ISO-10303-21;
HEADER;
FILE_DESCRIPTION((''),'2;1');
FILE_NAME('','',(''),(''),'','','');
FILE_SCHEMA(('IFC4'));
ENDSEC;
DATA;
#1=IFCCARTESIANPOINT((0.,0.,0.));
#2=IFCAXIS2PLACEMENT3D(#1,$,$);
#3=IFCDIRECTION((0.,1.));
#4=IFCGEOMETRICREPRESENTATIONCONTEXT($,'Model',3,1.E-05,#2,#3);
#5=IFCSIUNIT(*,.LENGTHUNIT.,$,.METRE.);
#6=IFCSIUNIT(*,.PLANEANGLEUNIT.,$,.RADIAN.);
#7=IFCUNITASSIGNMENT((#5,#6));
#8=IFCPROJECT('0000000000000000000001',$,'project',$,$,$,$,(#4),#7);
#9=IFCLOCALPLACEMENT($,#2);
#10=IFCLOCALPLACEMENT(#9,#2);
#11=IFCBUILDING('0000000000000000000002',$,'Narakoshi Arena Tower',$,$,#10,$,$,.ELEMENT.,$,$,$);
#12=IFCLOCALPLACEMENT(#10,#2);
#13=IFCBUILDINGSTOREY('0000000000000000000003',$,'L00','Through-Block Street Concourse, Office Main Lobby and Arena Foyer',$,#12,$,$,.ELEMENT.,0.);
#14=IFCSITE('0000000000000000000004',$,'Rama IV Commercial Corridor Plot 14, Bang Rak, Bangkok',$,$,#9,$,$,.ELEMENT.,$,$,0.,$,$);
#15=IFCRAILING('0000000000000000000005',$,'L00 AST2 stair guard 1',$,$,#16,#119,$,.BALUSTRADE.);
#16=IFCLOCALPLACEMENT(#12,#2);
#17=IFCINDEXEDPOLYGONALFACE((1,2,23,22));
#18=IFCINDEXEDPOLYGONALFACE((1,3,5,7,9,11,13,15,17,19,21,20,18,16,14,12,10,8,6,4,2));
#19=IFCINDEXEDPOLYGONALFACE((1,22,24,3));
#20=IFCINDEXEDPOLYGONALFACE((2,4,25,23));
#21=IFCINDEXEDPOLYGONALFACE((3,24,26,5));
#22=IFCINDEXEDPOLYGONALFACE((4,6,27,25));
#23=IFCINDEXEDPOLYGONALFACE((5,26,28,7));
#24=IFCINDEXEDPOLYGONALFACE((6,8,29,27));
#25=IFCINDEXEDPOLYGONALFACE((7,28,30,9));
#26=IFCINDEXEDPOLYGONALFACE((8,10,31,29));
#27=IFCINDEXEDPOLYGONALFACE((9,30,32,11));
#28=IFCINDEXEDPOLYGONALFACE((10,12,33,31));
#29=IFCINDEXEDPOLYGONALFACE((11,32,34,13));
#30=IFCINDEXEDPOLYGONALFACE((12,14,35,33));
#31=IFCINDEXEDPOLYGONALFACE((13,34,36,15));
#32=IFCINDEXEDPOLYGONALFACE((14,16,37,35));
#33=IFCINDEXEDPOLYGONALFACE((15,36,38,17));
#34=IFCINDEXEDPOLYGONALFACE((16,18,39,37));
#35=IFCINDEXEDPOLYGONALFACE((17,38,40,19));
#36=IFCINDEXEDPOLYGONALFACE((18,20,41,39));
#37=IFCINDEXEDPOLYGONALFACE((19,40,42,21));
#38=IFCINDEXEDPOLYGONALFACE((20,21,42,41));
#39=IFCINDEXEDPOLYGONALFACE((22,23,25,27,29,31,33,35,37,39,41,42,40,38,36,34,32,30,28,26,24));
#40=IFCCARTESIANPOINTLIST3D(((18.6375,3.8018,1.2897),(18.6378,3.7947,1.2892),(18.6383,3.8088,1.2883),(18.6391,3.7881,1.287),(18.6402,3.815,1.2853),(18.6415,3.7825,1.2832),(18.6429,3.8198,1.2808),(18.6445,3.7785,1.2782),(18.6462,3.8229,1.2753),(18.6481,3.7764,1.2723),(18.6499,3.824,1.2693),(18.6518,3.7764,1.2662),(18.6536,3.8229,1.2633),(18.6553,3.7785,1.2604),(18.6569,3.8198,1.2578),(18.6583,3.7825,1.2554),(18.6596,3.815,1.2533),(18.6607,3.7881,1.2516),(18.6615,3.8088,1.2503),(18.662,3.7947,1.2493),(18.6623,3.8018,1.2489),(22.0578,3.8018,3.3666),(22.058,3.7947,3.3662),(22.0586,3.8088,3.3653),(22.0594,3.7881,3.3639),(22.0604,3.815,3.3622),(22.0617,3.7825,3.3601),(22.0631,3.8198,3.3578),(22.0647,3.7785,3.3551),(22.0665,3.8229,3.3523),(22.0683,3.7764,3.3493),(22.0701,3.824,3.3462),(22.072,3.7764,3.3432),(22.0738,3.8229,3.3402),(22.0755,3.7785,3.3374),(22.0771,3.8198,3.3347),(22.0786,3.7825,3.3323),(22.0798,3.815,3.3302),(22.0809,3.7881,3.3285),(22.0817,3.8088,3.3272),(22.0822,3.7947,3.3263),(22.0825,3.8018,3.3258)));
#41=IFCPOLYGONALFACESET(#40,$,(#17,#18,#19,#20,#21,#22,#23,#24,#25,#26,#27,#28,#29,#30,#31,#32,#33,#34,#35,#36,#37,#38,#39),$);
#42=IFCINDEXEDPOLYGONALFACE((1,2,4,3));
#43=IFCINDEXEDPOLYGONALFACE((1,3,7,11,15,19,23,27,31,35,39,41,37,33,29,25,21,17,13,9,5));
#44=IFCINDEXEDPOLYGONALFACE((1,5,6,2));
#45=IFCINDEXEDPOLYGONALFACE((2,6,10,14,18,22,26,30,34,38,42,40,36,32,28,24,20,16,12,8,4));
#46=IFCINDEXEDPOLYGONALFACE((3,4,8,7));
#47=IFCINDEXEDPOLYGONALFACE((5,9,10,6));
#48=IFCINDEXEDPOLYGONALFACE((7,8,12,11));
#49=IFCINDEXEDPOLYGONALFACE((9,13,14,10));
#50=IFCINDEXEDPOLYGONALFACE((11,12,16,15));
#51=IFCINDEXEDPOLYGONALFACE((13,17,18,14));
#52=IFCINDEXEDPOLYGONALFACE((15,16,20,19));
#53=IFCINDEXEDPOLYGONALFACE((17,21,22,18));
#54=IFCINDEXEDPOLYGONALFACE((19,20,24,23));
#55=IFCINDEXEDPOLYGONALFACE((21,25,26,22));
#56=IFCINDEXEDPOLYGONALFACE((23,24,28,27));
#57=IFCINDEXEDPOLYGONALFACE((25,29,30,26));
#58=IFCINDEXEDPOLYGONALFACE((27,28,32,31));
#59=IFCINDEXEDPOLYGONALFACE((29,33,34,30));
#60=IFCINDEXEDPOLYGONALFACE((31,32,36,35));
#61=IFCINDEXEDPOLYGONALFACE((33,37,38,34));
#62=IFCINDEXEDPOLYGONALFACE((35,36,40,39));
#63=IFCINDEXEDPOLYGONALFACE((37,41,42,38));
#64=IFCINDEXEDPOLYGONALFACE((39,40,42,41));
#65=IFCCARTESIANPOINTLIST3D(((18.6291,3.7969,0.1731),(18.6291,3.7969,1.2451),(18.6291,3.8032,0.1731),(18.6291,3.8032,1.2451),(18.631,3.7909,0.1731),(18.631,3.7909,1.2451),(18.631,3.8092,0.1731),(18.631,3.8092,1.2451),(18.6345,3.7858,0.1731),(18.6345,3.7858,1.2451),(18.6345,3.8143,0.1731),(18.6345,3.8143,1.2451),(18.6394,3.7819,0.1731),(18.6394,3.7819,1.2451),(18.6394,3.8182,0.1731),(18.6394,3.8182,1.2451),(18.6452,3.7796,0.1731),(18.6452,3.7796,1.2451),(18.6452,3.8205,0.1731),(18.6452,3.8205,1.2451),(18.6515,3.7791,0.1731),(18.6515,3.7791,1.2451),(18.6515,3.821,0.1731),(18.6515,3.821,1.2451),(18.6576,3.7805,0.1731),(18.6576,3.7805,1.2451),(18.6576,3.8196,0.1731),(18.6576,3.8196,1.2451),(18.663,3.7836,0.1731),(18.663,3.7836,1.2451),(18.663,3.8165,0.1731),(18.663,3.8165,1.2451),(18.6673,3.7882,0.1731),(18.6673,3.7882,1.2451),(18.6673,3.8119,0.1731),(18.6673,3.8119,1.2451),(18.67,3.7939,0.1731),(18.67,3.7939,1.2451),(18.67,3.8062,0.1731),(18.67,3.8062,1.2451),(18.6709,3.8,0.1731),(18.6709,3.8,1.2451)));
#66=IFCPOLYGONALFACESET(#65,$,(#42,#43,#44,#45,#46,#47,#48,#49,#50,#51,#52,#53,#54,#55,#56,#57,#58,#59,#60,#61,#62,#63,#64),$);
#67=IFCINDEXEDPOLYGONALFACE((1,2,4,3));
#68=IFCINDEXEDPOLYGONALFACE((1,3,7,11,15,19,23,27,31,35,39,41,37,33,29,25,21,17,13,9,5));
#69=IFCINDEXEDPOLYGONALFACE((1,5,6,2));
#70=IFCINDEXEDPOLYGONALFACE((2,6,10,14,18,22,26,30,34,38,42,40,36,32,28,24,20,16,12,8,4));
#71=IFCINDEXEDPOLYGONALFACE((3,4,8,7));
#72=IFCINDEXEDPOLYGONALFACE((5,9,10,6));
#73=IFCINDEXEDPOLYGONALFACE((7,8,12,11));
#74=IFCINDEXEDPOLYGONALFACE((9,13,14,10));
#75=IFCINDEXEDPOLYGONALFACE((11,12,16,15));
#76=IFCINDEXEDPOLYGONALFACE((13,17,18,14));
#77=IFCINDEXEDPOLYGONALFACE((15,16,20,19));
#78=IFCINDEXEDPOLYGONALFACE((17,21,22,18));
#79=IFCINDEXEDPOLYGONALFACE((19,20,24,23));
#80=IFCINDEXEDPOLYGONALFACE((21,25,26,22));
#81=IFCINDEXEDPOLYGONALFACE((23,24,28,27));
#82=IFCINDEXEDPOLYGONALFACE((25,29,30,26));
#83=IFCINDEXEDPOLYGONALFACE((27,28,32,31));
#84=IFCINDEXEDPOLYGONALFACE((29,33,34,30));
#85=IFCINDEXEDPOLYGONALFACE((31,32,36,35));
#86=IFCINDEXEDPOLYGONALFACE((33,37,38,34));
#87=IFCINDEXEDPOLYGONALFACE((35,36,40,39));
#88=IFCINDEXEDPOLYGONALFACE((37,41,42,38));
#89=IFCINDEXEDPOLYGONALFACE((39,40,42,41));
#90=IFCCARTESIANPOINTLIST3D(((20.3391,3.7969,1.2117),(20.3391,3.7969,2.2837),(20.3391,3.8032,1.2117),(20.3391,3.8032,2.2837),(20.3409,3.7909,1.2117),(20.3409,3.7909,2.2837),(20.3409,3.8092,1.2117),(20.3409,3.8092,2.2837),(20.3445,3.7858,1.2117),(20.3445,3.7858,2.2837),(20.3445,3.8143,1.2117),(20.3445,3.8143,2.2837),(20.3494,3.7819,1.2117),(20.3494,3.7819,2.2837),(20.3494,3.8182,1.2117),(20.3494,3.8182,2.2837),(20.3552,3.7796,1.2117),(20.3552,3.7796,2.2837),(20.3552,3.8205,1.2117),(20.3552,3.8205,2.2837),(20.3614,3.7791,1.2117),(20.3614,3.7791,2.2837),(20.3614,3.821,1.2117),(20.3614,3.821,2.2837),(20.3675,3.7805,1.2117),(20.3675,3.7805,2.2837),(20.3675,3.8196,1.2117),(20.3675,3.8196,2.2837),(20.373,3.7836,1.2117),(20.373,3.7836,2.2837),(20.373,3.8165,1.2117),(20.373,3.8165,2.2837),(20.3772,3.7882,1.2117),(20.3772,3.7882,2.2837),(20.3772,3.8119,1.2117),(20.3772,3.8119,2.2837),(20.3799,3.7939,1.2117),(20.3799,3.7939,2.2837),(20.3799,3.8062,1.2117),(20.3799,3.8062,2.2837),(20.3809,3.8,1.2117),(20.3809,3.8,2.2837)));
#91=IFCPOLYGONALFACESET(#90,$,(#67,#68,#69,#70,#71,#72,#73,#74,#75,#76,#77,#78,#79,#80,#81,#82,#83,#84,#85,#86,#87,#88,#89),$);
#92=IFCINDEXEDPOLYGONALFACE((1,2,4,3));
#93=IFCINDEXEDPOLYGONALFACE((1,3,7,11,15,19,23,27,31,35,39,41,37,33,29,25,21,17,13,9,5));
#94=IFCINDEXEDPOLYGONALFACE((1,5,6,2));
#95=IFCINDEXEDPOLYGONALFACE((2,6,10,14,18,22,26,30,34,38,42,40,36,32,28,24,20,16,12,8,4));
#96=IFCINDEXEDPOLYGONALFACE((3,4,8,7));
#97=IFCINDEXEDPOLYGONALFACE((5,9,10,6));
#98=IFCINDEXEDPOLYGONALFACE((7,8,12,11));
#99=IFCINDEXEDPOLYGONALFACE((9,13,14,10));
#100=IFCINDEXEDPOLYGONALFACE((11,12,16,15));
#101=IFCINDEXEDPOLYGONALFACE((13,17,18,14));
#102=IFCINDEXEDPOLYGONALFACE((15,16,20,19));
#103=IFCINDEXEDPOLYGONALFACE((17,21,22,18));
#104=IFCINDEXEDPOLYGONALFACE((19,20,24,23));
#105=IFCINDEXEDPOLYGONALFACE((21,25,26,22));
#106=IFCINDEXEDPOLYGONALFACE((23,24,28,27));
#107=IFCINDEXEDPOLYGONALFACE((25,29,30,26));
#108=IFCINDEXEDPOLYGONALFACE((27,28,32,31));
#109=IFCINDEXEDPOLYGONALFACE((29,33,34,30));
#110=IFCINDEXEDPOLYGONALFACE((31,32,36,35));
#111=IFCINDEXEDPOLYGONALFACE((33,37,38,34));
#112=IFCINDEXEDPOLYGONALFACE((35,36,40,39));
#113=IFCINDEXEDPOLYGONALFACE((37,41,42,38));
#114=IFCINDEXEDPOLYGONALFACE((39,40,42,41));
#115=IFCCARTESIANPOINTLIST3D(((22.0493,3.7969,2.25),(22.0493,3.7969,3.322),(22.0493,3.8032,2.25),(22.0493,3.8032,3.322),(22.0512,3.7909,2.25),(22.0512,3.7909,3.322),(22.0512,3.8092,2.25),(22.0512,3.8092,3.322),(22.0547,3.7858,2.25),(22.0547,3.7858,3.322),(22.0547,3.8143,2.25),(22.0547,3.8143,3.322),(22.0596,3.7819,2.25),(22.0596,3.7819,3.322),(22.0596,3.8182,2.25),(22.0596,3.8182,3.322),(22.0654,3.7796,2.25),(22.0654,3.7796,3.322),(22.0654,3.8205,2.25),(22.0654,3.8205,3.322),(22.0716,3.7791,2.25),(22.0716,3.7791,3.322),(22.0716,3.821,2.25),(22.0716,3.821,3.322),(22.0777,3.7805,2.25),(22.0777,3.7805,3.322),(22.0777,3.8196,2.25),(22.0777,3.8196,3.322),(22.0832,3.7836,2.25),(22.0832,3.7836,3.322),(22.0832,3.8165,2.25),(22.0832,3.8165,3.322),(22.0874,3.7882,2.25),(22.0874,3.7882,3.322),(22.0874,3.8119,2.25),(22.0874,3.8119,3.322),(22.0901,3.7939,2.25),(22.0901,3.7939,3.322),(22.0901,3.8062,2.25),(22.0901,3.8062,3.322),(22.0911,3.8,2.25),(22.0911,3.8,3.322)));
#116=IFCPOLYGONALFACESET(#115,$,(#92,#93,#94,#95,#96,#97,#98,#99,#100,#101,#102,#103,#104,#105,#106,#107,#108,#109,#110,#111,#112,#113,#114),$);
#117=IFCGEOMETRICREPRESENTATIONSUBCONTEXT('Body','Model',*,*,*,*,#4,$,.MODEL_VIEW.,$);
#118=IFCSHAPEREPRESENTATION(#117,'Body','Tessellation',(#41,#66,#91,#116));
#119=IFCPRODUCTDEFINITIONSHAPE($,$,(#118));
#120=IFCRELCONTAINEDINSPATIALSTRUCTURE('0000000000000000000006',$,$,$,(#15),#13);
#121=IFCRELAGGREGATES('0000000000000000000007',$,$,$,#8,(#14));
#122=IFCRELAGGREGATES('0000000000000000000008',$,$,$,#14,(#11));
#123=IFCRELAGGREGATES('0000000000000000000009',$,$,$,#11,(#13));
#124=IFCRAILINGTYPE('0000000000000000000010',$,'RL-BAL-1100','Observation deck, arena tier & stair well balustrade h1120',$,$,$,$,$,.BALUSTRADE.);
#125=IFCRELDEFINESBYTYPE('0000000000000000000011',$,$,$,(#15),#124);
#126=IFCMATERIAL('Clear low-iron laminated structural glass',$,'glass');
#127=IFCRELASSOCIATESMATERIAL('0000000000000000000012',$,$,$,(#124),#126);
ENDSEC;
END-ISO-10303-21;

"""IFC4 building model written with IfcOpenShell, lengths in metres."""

from ifc_helpers import new_model, si_unit, direction, frame, origin, origin_2d, place, context, subcontext, project, spatial, circle, extrude, material, type_object, element, save


model = new_model("IFC4")

# Units and contexts
model_context = context("Model", 3, precision=1e-05, world=origin(), true_north=direction((0.0, 1.0)))
body_context = subcontext(model_context, "Body", "Model", "MODEL_VIEW")
ifc_project = project(units=[si_unit("LENGTHUNIT", "METRE"), si_unit("PLANEANGLEUNIT", "RADIAN")], contexts=[model_context])

# Site, building, storey
site_placement = place(None, origin())
site = spatial("IfcSite", under=ifc_project, at=site_placement, Name="Rama IV Commercial Corridor Plot 14, Bang Rak, Bangkok", CompositionType="ELEMENT", RefElevation=0.0)
building_placement = place(site_placement, origin())
building = spatial("IfcBuilding", under=site, at=building_placement, Name="Narakoshi Arena Tower", CompositionType="ELEMENT")
storey_placement = place(building_placement, origin())
storey = spatial("IfcBuildingStorey", under=building, at=storey_placement, Name="L00", Description="Through-Block Street Concourse, Office Main Lobby and Arena Foyer", CompositionType="ELEMENT", Elevation=0.0)

# Railing
ifc_material_1 = material(Name="Clear low-iron laminated structural glass", Category="glass")
railing_type_1 = type_object("IfcRailingType", Name="RL-BAL-1100", Description="Observation deck, arena tier & stair well balustrade h1120", PredefinedType="BALUSTRADE", material=ifc_material_1)
railing_1_placement = place(storey_placement, frame((18.6499, 3.8, 0.1731)))
element("IfcRailing", 1, at=railing_1_placement, inside=storey, type_object=railing_type_1, Name="L00 AST2 stair guard 1", PredefinedType="BALUSTRADE", context=body_context, shape_type="SweptSolid", body=[
    extrude(circle(Radius=0.0239, at=origin_2d()), frame((0.0, 0.0, 1.0962), z_axis=(0.854746, 0.0, 0.519047), x_axis=(0.0, 1.0, 0.0)), (0.0, 0.0, 1.0), 4.0015),
    extrude(circle(Radius=0.021, at=origin_2d()), origin(), (0.0, 0.0, 1.0), 1.072),
    extrude(circle(Radius=0.021, at=origin_2d()), frame((1.71, 0.0, 1.0386)), (0.0, 0.0, 1.0), 1.072),
    extrude(circle(Radius=0.021, at=origin_2d()), frame((3.4202, 0.0, 2.0769)), (0.0, 0.0, 1.0), 1.072),
])

save(model, "model.ifc")
